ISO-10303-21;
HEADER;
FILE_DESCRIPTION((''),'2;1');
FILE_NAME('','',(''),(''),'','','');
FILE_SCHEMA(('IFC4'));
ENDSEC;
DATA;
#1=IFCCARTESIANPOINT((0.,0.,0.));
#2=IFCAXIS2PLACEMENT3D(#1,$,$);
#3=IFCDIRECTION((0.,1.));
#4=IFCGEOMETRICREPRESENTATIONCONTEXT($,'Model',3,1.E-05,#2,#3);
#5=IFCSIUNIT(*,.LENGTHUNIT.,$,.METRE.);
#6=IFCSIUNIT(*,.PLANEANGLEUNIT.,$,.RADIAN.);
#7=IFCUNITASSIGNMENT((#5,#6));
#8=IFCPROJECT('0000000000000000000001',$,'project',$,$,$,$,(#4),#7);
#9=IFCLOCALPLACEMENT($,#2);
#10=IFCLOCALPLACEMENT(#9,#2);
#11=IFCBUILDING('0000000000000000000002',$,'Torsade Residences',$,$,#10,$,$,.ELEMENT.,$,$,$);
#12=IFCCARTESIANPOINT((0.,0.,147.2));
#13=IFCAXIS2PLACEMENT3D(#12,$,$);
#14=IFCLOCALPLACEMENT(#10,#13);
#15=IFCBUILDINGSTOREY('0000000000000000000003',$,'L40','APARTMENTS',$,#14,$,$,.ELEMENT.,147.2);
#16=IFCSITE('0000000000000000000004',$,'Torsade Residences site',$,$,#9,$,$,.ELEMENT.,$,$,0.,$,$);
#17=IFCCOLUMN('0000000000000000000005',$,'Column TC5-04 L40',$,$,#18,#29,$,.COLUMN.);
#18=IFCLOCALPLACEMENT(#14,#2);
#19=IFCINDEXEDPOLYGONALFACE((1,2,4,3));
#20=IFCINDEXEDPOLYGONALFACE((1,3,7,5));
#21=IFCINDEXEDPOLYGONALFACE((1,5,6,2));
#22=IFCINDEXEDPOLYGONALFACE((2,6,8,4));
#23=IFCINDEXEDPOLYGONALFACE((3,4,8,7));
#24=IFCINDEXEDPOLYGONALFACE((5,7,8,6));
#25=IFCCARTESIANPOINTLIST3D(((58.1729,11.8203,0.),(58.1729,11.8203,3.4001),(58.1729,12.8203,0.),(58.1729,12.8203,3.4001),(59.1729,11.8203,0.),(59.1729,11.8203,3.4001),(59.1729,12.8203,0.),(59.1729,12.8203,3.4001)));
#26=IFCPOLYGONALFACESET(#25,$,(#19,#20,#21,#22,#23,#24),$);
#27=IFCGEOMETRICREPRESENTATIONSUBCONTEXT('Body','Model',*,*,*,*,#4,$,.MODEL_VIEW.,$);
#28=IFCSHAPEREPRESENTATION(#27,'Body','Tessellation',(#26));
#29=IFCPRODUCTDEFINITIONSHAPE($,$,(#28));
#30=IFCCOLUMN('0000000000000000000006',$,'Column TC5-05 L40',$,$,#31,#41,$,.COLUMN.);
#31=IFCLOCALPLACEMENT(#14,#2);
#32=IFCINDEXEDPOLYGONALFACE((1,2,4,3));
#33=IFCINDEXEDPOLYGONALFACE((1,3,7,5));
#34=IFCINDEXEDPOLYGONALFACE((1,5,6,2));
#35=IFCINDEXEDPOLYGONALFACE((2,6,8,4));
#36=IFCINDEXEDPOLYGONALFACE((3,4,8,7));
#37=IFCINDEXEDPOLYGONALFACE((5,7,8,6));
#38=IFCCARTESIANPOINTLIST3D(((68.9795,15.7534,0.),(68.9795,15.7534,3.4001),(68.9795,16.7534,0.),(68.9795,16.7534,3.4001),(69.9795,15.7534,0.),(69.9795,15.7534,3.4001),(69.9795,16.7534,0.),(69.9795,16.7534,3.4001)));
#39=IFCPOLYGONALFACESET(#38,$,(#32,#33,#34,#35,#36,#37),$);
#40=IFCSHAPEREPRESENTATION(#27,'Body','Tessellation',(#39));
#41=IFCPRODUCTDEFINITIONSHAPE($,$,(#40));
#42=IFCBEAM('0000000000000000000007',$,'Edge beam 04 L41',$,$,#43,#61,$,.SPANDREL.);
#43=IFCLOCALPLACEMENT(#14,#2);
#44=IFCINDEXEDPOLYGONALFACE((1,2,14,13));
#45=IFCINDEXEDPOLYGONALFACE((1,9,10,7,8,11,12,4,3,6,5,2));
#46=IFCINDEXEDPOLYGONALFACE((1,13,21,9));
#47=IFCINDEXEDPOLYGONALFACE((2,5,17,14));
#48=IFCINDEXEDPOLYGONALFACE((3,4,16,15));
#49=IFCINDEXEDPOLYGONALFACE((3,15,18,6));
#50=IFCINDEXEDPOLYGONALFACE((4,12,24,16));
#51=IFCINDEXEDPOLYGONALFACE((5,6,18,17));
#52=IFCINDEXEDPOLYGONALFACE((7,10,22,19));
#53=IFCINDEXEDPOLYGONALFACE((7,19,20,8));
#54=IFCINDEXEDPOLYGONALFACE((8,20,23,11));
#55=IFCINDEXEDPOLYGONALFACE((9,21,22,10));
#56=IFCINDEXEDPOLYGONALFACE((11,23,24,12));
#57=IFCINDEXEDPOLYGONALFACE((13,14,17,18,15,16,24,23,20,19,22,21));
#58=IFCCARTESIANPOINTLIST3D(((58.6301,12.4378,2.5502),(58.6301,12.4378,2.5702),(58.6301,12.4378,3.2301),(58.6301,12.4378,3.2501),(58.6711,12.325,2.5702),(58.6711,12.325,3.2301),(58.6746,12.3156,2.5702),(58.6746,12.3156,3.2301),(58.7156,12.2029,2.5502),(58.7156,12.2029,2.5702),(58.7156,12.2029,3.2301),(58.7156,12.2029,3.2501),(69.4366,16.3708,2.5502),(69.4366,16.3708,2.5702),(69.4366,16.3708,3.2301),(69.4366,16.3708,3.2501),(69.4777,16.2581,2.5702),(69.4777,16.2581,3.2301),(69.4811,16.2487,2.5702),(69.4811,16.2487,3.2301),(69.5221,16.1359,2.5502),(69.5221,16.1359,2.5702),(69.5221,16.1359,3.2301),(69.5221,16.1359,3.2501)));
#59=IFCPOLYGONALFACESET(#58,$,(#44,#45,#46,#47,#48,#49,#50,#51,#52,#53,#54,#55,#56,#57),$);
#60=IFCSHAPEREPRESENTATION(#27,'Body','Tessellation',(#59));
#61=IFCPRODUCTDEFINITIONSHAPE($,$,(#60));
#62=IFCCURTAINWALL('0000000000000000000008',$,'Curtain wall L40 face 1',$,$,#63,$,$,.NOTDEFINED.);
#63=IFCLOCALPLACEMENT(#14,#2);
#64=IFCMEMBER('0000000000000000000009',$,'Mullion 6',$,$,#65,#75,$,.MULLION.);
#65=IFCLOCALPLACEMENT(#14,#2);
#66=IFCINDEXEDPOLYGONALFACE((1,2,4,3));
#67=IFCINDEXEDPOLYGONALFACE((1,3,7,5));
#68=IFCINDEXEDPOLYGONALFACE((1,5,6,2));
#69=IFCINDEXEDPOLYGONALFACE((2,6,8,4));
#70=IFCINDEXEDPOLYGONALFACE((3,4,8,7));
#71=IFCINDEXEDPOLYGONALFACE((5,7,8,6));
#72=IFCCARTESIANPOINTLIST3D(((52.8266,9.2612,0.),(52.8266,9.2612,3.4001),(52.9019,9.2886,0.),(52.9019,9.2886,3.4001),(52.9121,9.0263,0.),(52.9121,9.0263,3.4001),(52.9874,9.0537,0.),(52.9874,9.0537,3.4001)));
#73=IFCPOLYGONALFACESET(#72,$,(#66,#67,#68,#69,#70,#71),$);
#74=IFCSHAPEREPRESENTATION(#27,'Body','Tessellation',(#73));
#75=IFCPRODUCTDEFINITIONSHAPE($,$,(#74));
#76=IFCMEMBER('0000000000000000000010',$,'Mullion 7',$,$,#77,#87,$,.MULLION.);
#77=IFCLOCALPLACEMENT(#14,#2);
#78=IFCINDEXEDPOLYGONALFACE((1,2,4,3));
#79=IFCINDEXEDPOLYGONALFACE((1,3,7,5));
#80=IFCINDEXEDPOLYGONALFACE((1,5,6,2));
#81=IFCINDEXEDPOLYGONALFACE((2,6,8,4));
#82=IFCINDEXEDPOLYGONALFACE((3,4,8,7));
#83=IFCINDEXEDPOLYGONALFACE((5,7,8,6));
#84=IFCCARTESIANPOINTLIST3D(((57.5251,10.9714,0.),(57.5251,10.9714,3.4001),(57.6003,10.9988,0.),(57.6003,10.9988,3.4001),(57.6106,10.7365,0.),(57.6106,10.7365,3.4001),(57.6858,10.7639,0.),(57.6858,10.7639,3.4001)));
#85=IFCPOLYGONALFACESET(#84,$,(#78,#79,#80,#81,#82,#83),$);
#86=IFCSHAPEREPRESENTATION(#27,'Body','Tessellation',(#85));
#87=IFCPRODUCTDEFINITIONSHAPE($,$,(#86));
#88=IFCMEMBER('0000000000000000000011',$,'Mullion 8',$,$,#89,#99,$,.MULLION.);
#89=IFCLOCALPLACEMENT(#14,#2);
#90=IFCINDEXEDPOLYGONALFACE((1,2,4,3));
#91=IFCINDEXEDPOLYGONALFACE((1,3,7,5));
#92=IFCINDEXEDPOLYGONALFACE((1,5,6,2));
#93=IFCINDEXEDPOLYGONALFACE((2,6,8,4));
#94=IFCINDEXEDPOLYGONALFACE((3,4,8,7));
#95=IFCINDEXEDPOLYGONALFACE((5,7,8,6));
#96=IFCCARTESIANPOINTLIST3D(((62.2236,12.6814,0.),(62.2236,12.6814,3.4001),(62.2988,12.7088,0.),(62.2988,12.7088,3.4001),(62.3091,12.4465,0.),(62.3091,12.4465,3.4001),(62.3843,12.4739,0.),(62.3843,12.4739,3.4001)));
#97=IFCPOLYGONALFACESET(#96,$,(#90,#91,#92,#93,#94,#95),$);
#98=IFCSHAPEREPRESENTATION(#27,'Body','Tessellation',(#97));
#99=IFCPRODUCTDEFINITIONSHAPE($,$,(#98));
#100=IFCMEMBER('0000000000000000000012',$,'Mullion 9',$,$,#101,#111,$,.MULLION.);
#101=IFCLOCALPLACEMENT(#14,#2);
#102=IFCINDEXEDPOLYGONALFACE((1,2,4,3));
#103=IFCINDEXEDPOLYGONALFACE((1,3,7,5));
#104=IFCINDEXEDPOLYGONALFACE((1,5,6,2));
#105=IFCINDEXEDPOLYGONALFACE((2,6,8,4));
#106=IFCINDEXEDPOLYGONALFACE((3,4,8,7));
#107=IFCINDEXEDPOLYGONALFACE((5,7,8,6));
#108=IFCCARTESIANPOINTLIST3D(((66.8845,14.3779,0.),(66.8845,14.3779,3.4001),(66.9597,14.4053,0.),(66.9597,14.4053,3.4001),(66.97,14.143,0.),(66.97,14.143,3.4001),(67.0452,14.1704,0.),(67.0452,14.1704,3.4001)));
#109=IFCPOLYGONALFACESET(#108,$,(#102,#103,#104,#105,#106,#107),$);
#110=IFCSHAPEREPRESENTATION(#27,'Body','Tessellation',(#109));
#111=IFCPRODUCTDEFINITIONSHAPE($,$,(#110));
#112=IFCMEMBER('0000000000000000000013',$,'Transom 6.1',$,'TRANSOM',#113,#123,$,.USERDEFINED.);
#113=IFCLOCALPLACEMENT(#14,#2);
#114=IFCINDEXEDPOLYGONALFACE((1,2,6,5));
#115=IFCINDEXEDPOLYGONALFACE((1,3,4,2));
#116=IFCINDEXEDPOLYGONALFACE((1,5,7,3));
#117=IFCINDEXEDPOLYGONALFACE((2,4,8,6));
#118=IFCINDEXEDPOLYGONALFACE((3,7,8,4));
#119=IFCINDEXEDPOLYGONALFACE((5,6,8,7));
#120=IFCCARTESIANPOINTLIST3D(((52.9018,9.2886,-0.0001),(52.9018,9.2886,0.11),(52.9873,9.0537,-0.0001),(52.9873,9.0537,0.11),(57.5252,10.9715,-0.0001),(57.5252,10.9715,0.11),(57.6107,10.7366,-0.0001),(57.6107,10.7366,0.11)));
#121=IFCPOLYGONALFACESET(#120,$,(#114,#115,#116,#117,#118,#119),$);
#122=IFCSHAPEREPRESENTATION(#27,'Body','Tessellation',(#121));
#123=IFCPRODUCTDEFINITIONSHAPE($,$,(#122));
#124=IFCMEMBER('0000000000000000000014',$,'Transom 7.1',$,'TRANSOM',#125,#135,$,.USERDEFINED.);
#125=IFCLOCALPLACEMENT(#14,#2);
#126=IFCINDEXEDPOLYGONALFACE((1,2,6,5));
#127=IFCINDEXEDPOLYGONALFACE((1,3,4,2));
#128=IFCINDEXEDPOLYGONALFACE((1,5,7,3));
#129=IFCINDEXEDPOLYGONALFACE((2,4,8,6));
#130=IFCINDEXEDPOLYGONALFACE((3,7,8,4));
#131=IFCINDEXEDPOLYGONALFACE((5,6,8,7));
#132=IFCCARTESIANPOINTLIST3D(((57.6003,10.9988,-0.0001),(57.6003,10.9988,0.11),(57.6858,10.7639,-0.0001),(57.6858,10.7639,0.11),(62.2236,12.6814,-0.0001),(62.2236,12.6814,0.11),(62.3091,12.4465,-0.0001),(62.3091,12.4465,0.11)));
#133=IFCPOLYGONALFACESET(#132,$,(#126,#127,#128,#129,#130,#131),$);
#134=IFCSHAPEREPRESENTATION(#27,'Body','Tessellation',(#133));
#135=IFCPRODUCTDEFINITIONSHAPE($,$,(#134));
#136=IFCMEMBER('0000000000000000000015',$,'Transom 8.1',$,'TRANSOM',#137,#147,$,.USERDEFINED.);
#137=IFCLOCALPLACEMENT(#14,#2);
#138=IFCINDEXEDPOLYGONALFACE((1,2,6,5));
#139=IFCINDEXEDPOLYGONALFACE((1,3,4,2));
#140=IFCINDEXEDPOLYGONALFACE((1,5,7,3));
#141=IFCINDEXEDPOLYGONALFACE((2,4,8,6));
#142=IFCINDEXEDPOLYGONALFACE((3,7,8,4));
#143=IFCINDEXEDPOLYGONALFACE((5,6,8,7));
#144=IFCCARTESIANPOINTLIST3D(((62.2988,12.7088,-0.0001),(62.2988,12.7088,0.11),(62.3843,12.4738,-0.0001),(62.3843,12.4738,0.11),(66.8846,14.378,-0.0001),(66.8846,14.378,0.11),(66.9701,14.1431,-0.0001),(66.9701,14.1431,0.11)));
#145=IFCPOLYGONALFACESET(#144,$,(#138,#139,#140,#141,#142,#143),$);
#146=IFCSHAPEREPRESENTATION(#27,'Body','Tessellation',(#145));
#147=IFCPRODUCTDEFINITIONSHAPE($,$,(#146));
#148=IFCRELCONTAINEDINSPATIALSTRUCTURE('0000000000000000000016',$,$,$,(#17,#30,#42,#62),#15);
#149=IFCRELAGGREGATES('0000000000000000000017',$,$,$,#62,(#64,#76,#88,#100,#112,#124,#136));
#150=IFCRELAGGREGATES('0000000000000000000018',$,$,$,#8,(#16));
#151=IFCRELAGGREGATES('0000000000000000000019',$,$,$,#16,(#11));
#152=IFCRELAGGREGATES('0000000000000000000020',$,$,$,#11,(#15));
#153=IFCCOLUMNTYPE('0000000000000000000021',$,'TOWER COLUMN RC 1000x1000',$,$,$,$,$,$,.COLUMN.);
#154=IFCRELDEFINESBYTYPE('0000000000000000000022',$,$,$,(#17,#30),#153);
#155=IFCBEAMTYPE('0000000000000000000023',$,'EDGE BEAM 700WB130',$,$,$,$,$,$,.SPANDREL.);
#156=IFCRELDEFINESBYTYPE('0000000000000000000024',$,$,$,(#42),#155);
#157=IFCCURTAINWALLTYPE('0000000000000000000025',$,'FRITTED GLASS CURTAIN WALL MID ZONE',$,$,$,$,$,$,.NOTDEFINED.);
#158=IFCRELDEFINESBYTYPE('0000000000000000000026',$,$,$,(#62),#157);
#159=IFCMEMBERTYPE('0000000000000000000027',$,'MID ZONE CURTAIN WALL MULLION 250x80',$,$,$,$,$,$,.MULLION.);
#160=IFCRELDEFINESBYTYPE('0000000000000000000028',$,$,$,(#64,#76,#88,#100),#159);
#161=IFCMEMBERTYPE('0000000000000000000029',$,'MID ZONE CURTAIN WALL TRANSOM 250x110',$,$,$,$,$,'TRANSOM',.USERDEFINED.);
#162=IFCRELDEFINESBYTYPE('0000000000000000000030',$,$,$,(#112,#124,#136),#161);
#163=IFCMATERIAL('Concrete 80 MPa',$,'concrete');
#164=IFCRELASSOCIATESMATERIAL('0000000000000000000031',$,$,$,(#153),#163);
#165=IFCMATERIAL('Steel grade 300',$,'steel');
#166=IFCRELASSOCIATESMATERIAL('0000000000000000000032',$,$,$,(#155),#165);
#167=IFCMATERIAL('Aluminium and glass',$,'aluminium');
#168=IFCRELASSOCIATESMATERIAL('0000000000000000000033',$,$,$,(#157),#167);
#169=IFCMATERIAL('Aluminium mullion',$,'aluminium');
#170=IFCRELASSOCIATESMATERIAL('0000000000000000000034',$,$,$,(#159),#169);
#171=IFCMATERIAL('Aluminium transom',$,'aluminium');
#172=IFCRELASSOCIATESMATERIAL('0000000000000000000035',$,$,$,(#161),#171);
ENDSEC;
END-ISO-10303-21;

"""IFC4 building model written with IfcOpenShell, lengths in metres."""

from ifc_helpers import new_model, si_unit, direction, frame, origin, origin_2d, place, context, subcontext, project, spatial, rectangle, i_section, extrude, material, material_profile, profile_set, type_object, element, aggregate, save


model = new_model("IFC4")

# Units and contexts
model_context = context("Model", 3, precision=1e-05, world=origin(), true_north=direction((0.0, 1.0)))
body_context = subcontext(model_context, "Body", "Model", "MODEL_VIEW")
ifc_project = project(units=[si_unit("LENGTHUNIT", "METRE"), si_unit("PLANEANGLEUNIT", "RADIAN")], contexts=[model_context])

# Site, building, storey
site_placement = place(None, origin())
site = spatial("IfcSite", under=ifc_project, at=site_placement, Name="Torsade Residences site", CompositionType="ELEMENT", RefElevation=0.0)
building_placement = place(site_placement, origin())
building = spatial("IfcBuilding", under=site, at=building_placement, Name="Torsade Residences", CompositionType="ELEMENT")
storey_placement = place(building_placement, frame((0.0, 0.0, 147.2)))
storey = spatial("IfcBuildingStorey", under=building, at=storey_placement, Name="L40", Description="APARTMENTS", CompositionType="ELEMENT", Elevation=147.2)

# Columns
ifc_material_1 = material(Name="Concrete 80 MPa", Category="concrete")
ifc_material_profile_1 = material_profile(ifc_material_1, rectangle(XDim=1.0, YDim=1.0, at=origin_2d()), Name="RC 1000x1000")
ifc_profile_set_1 = profile_set([ifc_material_profile_1], Name="Concrete 80 MPa")
column_type = type_object("IfcColumnType", Name="TOWER COLUMN RC 1000x1000", PredefinedType="COLUMN", material=ifc_profile_set_1)
for number, where, z_axis, x_axis, name in (
    (1, (58.6729, 12.3203, 0.0), (0.0, 0.0, 1.0), (1.0, 0.0, 0.0), "Column TC5-04 L40"),
    (2, (69.4795, 16.2534, 0.0), (0.0, 0.0, 1.0), (1.0, 0.0, 0.0), "Column TC5-05 L40"),
):
    element("IfcColumn", number, at=place(storey_placement, frame(where, z_axis=z_axis, x_axis=x_axis)), inside=storey, type_object=column_type, Name=name, PredefinedType="COLUMN", context=body_context, shape_type="SweptSolid", body=[
        extrude(rectangle(XDim=1.0, YDim=1.0, at=origin_2d()), origin(), (0.0, 0.0, 1.0), 3.4001),
    ])

# Beam
ifc_material_2 = material(Name="Steel grade 300", Category="steel")
ifc_material_profile_2 = material_profile(ifc_material_2, i_section(OverallWidth=0.25, OverallDepth=0.7, WebThickness=0.01, FlangeThickness=0.02, at=origin_2d()), Name="700WB130")
ifc_profile_set_2 = profile_set([ifc_material_profile_2], Name="Steel grade 300")
beam_type_1 = type_object("IfcBeamType", Name="EDGE BEAM 700WB130", PredefinedType="SPANDREL", material=ifc_profile_set_2)
beam_1_placement = place(storey_placement, frame((58.6729, 12.3203, 2.9001), z_axis=(0.939698, 0.342006, 0.0), x_axis=(-0.342006, 0.939698, 0.0)))
element("IfcBeam", 3, at=beam_1_placement, inside=storey, type_object=beam_type_1, Name="Edge beam 04 L41", PredefinedType="SPANDREL", context=body_context, shape_type="SweptSolid", body=[
    extrude(i_section(OverallWidth=0.25, OverallDepth=0.7, WebThickness=0.01, FlangeThickness=0.02, at=origin_2d()), origin(), (0.0, 0.0, 1.0), 11.5),
])

# Curtain wall, members
ifc_material_3 = material(Name="Aluminium and glass", Category="aluminium")
curtain_wall_type = type_object("IfcCurtainWallType", Name="FRITTED GLASS CURTAIN WALL MID ZONE", PredefinedType="NOTDEFINED", material=ifc_material_3)
curtain_wall_placement = place(storey_placement, origin())
curtain_wall = element("IfcCurtainWall", 4, at=curtain_wall_placement, inside=storey, type_object=curtain_wall_type, Name="Curtain wall L40 face 1", PredefinedType="NOTDEFINED")
ifc_material_4 = material(Name="Aluminium mullion", Category="aluminium")
ifc_material_profile_3 = material_profile(ifc_material_4, rectangle(XDim=0.25, YDim=0.0801, at=origin_2d()), Name="MID ZONE CURTAIN WALL MULLION 250x80")
ifc_profile_set_3 = profile_set([ifc_material_profile_3], Name="Aluminium mullion")
member_type_1 = type_object("IfcMemberType", Name="MID ZONE CURTAIN WALL MULLION 250x80", PredefinedType="MULLION", material=ifc_profile_set_3)
member_1_placement = place(storey_placement, frame((52.907, 9.1575, 0.0), z_axis=(0.0, 0.0, 1.0), x_axis=(-0.34202, 0.939693, 0.0)))
member_1 = element("IfcMember", 5, at=member_1_placement, type_object=member_type_1, Name="Mullion 6", PredefinedType="MULLION", context=body_context, shape_type="SweptSolid", body=[
    extrude(rectangle(XDim=0.25, YDim=0.0801, at=origin_2d()), origin(), (0.0, 0.0, 1.0), 3.4001),
])
member_2_placement = place(storey_placement, frame((57.6055, 10.8677, 0.0), z_axis=(0.0, 0.0, 1.0), x_axis=(-0.34202, 0.939693, 0.0)))
member_2 = element("IfcMember", 6, at=member_2_placement, type_object=member_type_1, Name="Mullion 7", PredefinedType="MULLION", context=body_context, shape_type="SweptSolid", body=[
    extrude(rectangle(XDim=0.25, YDim=0.0801, at=origin_2d()), origin(), (0.0, 0.0, 1.0), 3.4001),
])
member_3_placement = place(storey_placement, frame((62.304, 12.5776, 0.0), z_axis=(0.0, 0.0, 1.0), x_axis=(-0.34202, 0.939693, 0.0)))
member_3 = element("IfcMember", 7, at=member_3_placement, type_object=member_type_1, Name="Mullion 8", PredefinedType="MULLION", context=body_context, shape_type="SweptSolid", body=[
    extrude(rectangle(XDim=0.25, YDim=0.0801, at=origin_2d()), origin(), (0.0, 0.0, 1.0), 3.4001),
])
member_4_placement = place(storey_placement, frame((66.9648, 14.2742, 0.0), z_axis=(0.0, 0.0, 1.0), x_axis=(-0.34202, 0.939693, 0.0)))
member_4 = element("IfcMember", 8, at=member_4_placement, type_object=member_type_1, Name="Mullion 9", PredefinedType="MULLION", context=body_context, shape_type="SweptSolid", body=[
    extrude(rectangle(XDim=0.25, YDim=0.0801, at=origin_2d()), origin(), (0.0, 0.0, 1.0), 3.4001),
])
ifc_material_5 = material(Name="Aluminium transom", Category="aluminium")
ifc_material_profile_4 = material_profile(ifc_material_5, rectangle(XDim=0.25, YDim=0.1101, at=origin_2d()), Name="MID ZONE CURTAIN WALL TRANSOM 250x110")
ifc_profile_set_4 = profile_set([ifc_material_profile_4], Name="Aluminium transom")
member_type_2 = type_object("IfcMemberType", Name="MID ZONE CURTAIN WALL TRANSOM 250x110", ElementType="TRANSOM", PredefinedType="USERDEFINED", material=ifc_profile_set_4)
member_5_placement = place(storey_placement, frame((52.9446, 9.1711, 0.0549), z_axis=(0.939685, 0.342042, 0.0), x_axis=(-0.342042, 0.939685, 0.0)))
member_5 = element("IfcMember", 9, at=member_5_placement, type_object=member_type_2, Name="Transom 6.1", ObjectType="TRANSOM", PredefinedType="USERDEFINED", context=body_context, shape_type="SweptSolid", body=[
    extrude(rectangle(XDim=0.25, YDim=0.1101, at=origin_2d()), origin(), (0.0, 0.0, 1.0), 4.9202),
])
member_6_placement = place(storey_placement, frame((57.6431, 10.8813, 0.0549), z_axis=(0.939701, 0.341998, 0.0), x_axis=(-0.341998, 0.939701, 0.0)))
member_6 = element("IfcMember", 10, at=member_6_placement, type_object=member_type_2, Name="Transom 7.1", ObjectType="TRANSOM", PredefinedType="USERDEFINED", context=body_context, shape_type="SweptSolid", body=[
    extrude(rectangle(XDim=0.25, YDim=0.1101, at=origin_2d()), origin(), (0.0, 0.0, 1.0), 4.9199),
])
member_7_placement = place(storey_placement, frame((62.3416, 12.5913, 0.0549), z_axis=(0.939684, 0.342044, 0.0), x_axis=(-0.342044, 0.939684, 0.0)))
member_7 = element("IfcMember", 11, at=member_7_placement, type_object=member_type_2, Name="Transom 8.1", ObjectType="TRANSOM", PredefinedType="USERDEFINED", context=body_context, shape_type="SweptSolid", body=[
    extrude(rectangle(XDim=0.25, YDim=0.1101, at=origin_2d()), origin(), (0.0, 0.0, 1.0), 4.8801),
])

aggregate(curtain_wall, [member_1, member_2, member_3, member_4, member_5, member_6, member_7])

save(model, "model.ifc")
